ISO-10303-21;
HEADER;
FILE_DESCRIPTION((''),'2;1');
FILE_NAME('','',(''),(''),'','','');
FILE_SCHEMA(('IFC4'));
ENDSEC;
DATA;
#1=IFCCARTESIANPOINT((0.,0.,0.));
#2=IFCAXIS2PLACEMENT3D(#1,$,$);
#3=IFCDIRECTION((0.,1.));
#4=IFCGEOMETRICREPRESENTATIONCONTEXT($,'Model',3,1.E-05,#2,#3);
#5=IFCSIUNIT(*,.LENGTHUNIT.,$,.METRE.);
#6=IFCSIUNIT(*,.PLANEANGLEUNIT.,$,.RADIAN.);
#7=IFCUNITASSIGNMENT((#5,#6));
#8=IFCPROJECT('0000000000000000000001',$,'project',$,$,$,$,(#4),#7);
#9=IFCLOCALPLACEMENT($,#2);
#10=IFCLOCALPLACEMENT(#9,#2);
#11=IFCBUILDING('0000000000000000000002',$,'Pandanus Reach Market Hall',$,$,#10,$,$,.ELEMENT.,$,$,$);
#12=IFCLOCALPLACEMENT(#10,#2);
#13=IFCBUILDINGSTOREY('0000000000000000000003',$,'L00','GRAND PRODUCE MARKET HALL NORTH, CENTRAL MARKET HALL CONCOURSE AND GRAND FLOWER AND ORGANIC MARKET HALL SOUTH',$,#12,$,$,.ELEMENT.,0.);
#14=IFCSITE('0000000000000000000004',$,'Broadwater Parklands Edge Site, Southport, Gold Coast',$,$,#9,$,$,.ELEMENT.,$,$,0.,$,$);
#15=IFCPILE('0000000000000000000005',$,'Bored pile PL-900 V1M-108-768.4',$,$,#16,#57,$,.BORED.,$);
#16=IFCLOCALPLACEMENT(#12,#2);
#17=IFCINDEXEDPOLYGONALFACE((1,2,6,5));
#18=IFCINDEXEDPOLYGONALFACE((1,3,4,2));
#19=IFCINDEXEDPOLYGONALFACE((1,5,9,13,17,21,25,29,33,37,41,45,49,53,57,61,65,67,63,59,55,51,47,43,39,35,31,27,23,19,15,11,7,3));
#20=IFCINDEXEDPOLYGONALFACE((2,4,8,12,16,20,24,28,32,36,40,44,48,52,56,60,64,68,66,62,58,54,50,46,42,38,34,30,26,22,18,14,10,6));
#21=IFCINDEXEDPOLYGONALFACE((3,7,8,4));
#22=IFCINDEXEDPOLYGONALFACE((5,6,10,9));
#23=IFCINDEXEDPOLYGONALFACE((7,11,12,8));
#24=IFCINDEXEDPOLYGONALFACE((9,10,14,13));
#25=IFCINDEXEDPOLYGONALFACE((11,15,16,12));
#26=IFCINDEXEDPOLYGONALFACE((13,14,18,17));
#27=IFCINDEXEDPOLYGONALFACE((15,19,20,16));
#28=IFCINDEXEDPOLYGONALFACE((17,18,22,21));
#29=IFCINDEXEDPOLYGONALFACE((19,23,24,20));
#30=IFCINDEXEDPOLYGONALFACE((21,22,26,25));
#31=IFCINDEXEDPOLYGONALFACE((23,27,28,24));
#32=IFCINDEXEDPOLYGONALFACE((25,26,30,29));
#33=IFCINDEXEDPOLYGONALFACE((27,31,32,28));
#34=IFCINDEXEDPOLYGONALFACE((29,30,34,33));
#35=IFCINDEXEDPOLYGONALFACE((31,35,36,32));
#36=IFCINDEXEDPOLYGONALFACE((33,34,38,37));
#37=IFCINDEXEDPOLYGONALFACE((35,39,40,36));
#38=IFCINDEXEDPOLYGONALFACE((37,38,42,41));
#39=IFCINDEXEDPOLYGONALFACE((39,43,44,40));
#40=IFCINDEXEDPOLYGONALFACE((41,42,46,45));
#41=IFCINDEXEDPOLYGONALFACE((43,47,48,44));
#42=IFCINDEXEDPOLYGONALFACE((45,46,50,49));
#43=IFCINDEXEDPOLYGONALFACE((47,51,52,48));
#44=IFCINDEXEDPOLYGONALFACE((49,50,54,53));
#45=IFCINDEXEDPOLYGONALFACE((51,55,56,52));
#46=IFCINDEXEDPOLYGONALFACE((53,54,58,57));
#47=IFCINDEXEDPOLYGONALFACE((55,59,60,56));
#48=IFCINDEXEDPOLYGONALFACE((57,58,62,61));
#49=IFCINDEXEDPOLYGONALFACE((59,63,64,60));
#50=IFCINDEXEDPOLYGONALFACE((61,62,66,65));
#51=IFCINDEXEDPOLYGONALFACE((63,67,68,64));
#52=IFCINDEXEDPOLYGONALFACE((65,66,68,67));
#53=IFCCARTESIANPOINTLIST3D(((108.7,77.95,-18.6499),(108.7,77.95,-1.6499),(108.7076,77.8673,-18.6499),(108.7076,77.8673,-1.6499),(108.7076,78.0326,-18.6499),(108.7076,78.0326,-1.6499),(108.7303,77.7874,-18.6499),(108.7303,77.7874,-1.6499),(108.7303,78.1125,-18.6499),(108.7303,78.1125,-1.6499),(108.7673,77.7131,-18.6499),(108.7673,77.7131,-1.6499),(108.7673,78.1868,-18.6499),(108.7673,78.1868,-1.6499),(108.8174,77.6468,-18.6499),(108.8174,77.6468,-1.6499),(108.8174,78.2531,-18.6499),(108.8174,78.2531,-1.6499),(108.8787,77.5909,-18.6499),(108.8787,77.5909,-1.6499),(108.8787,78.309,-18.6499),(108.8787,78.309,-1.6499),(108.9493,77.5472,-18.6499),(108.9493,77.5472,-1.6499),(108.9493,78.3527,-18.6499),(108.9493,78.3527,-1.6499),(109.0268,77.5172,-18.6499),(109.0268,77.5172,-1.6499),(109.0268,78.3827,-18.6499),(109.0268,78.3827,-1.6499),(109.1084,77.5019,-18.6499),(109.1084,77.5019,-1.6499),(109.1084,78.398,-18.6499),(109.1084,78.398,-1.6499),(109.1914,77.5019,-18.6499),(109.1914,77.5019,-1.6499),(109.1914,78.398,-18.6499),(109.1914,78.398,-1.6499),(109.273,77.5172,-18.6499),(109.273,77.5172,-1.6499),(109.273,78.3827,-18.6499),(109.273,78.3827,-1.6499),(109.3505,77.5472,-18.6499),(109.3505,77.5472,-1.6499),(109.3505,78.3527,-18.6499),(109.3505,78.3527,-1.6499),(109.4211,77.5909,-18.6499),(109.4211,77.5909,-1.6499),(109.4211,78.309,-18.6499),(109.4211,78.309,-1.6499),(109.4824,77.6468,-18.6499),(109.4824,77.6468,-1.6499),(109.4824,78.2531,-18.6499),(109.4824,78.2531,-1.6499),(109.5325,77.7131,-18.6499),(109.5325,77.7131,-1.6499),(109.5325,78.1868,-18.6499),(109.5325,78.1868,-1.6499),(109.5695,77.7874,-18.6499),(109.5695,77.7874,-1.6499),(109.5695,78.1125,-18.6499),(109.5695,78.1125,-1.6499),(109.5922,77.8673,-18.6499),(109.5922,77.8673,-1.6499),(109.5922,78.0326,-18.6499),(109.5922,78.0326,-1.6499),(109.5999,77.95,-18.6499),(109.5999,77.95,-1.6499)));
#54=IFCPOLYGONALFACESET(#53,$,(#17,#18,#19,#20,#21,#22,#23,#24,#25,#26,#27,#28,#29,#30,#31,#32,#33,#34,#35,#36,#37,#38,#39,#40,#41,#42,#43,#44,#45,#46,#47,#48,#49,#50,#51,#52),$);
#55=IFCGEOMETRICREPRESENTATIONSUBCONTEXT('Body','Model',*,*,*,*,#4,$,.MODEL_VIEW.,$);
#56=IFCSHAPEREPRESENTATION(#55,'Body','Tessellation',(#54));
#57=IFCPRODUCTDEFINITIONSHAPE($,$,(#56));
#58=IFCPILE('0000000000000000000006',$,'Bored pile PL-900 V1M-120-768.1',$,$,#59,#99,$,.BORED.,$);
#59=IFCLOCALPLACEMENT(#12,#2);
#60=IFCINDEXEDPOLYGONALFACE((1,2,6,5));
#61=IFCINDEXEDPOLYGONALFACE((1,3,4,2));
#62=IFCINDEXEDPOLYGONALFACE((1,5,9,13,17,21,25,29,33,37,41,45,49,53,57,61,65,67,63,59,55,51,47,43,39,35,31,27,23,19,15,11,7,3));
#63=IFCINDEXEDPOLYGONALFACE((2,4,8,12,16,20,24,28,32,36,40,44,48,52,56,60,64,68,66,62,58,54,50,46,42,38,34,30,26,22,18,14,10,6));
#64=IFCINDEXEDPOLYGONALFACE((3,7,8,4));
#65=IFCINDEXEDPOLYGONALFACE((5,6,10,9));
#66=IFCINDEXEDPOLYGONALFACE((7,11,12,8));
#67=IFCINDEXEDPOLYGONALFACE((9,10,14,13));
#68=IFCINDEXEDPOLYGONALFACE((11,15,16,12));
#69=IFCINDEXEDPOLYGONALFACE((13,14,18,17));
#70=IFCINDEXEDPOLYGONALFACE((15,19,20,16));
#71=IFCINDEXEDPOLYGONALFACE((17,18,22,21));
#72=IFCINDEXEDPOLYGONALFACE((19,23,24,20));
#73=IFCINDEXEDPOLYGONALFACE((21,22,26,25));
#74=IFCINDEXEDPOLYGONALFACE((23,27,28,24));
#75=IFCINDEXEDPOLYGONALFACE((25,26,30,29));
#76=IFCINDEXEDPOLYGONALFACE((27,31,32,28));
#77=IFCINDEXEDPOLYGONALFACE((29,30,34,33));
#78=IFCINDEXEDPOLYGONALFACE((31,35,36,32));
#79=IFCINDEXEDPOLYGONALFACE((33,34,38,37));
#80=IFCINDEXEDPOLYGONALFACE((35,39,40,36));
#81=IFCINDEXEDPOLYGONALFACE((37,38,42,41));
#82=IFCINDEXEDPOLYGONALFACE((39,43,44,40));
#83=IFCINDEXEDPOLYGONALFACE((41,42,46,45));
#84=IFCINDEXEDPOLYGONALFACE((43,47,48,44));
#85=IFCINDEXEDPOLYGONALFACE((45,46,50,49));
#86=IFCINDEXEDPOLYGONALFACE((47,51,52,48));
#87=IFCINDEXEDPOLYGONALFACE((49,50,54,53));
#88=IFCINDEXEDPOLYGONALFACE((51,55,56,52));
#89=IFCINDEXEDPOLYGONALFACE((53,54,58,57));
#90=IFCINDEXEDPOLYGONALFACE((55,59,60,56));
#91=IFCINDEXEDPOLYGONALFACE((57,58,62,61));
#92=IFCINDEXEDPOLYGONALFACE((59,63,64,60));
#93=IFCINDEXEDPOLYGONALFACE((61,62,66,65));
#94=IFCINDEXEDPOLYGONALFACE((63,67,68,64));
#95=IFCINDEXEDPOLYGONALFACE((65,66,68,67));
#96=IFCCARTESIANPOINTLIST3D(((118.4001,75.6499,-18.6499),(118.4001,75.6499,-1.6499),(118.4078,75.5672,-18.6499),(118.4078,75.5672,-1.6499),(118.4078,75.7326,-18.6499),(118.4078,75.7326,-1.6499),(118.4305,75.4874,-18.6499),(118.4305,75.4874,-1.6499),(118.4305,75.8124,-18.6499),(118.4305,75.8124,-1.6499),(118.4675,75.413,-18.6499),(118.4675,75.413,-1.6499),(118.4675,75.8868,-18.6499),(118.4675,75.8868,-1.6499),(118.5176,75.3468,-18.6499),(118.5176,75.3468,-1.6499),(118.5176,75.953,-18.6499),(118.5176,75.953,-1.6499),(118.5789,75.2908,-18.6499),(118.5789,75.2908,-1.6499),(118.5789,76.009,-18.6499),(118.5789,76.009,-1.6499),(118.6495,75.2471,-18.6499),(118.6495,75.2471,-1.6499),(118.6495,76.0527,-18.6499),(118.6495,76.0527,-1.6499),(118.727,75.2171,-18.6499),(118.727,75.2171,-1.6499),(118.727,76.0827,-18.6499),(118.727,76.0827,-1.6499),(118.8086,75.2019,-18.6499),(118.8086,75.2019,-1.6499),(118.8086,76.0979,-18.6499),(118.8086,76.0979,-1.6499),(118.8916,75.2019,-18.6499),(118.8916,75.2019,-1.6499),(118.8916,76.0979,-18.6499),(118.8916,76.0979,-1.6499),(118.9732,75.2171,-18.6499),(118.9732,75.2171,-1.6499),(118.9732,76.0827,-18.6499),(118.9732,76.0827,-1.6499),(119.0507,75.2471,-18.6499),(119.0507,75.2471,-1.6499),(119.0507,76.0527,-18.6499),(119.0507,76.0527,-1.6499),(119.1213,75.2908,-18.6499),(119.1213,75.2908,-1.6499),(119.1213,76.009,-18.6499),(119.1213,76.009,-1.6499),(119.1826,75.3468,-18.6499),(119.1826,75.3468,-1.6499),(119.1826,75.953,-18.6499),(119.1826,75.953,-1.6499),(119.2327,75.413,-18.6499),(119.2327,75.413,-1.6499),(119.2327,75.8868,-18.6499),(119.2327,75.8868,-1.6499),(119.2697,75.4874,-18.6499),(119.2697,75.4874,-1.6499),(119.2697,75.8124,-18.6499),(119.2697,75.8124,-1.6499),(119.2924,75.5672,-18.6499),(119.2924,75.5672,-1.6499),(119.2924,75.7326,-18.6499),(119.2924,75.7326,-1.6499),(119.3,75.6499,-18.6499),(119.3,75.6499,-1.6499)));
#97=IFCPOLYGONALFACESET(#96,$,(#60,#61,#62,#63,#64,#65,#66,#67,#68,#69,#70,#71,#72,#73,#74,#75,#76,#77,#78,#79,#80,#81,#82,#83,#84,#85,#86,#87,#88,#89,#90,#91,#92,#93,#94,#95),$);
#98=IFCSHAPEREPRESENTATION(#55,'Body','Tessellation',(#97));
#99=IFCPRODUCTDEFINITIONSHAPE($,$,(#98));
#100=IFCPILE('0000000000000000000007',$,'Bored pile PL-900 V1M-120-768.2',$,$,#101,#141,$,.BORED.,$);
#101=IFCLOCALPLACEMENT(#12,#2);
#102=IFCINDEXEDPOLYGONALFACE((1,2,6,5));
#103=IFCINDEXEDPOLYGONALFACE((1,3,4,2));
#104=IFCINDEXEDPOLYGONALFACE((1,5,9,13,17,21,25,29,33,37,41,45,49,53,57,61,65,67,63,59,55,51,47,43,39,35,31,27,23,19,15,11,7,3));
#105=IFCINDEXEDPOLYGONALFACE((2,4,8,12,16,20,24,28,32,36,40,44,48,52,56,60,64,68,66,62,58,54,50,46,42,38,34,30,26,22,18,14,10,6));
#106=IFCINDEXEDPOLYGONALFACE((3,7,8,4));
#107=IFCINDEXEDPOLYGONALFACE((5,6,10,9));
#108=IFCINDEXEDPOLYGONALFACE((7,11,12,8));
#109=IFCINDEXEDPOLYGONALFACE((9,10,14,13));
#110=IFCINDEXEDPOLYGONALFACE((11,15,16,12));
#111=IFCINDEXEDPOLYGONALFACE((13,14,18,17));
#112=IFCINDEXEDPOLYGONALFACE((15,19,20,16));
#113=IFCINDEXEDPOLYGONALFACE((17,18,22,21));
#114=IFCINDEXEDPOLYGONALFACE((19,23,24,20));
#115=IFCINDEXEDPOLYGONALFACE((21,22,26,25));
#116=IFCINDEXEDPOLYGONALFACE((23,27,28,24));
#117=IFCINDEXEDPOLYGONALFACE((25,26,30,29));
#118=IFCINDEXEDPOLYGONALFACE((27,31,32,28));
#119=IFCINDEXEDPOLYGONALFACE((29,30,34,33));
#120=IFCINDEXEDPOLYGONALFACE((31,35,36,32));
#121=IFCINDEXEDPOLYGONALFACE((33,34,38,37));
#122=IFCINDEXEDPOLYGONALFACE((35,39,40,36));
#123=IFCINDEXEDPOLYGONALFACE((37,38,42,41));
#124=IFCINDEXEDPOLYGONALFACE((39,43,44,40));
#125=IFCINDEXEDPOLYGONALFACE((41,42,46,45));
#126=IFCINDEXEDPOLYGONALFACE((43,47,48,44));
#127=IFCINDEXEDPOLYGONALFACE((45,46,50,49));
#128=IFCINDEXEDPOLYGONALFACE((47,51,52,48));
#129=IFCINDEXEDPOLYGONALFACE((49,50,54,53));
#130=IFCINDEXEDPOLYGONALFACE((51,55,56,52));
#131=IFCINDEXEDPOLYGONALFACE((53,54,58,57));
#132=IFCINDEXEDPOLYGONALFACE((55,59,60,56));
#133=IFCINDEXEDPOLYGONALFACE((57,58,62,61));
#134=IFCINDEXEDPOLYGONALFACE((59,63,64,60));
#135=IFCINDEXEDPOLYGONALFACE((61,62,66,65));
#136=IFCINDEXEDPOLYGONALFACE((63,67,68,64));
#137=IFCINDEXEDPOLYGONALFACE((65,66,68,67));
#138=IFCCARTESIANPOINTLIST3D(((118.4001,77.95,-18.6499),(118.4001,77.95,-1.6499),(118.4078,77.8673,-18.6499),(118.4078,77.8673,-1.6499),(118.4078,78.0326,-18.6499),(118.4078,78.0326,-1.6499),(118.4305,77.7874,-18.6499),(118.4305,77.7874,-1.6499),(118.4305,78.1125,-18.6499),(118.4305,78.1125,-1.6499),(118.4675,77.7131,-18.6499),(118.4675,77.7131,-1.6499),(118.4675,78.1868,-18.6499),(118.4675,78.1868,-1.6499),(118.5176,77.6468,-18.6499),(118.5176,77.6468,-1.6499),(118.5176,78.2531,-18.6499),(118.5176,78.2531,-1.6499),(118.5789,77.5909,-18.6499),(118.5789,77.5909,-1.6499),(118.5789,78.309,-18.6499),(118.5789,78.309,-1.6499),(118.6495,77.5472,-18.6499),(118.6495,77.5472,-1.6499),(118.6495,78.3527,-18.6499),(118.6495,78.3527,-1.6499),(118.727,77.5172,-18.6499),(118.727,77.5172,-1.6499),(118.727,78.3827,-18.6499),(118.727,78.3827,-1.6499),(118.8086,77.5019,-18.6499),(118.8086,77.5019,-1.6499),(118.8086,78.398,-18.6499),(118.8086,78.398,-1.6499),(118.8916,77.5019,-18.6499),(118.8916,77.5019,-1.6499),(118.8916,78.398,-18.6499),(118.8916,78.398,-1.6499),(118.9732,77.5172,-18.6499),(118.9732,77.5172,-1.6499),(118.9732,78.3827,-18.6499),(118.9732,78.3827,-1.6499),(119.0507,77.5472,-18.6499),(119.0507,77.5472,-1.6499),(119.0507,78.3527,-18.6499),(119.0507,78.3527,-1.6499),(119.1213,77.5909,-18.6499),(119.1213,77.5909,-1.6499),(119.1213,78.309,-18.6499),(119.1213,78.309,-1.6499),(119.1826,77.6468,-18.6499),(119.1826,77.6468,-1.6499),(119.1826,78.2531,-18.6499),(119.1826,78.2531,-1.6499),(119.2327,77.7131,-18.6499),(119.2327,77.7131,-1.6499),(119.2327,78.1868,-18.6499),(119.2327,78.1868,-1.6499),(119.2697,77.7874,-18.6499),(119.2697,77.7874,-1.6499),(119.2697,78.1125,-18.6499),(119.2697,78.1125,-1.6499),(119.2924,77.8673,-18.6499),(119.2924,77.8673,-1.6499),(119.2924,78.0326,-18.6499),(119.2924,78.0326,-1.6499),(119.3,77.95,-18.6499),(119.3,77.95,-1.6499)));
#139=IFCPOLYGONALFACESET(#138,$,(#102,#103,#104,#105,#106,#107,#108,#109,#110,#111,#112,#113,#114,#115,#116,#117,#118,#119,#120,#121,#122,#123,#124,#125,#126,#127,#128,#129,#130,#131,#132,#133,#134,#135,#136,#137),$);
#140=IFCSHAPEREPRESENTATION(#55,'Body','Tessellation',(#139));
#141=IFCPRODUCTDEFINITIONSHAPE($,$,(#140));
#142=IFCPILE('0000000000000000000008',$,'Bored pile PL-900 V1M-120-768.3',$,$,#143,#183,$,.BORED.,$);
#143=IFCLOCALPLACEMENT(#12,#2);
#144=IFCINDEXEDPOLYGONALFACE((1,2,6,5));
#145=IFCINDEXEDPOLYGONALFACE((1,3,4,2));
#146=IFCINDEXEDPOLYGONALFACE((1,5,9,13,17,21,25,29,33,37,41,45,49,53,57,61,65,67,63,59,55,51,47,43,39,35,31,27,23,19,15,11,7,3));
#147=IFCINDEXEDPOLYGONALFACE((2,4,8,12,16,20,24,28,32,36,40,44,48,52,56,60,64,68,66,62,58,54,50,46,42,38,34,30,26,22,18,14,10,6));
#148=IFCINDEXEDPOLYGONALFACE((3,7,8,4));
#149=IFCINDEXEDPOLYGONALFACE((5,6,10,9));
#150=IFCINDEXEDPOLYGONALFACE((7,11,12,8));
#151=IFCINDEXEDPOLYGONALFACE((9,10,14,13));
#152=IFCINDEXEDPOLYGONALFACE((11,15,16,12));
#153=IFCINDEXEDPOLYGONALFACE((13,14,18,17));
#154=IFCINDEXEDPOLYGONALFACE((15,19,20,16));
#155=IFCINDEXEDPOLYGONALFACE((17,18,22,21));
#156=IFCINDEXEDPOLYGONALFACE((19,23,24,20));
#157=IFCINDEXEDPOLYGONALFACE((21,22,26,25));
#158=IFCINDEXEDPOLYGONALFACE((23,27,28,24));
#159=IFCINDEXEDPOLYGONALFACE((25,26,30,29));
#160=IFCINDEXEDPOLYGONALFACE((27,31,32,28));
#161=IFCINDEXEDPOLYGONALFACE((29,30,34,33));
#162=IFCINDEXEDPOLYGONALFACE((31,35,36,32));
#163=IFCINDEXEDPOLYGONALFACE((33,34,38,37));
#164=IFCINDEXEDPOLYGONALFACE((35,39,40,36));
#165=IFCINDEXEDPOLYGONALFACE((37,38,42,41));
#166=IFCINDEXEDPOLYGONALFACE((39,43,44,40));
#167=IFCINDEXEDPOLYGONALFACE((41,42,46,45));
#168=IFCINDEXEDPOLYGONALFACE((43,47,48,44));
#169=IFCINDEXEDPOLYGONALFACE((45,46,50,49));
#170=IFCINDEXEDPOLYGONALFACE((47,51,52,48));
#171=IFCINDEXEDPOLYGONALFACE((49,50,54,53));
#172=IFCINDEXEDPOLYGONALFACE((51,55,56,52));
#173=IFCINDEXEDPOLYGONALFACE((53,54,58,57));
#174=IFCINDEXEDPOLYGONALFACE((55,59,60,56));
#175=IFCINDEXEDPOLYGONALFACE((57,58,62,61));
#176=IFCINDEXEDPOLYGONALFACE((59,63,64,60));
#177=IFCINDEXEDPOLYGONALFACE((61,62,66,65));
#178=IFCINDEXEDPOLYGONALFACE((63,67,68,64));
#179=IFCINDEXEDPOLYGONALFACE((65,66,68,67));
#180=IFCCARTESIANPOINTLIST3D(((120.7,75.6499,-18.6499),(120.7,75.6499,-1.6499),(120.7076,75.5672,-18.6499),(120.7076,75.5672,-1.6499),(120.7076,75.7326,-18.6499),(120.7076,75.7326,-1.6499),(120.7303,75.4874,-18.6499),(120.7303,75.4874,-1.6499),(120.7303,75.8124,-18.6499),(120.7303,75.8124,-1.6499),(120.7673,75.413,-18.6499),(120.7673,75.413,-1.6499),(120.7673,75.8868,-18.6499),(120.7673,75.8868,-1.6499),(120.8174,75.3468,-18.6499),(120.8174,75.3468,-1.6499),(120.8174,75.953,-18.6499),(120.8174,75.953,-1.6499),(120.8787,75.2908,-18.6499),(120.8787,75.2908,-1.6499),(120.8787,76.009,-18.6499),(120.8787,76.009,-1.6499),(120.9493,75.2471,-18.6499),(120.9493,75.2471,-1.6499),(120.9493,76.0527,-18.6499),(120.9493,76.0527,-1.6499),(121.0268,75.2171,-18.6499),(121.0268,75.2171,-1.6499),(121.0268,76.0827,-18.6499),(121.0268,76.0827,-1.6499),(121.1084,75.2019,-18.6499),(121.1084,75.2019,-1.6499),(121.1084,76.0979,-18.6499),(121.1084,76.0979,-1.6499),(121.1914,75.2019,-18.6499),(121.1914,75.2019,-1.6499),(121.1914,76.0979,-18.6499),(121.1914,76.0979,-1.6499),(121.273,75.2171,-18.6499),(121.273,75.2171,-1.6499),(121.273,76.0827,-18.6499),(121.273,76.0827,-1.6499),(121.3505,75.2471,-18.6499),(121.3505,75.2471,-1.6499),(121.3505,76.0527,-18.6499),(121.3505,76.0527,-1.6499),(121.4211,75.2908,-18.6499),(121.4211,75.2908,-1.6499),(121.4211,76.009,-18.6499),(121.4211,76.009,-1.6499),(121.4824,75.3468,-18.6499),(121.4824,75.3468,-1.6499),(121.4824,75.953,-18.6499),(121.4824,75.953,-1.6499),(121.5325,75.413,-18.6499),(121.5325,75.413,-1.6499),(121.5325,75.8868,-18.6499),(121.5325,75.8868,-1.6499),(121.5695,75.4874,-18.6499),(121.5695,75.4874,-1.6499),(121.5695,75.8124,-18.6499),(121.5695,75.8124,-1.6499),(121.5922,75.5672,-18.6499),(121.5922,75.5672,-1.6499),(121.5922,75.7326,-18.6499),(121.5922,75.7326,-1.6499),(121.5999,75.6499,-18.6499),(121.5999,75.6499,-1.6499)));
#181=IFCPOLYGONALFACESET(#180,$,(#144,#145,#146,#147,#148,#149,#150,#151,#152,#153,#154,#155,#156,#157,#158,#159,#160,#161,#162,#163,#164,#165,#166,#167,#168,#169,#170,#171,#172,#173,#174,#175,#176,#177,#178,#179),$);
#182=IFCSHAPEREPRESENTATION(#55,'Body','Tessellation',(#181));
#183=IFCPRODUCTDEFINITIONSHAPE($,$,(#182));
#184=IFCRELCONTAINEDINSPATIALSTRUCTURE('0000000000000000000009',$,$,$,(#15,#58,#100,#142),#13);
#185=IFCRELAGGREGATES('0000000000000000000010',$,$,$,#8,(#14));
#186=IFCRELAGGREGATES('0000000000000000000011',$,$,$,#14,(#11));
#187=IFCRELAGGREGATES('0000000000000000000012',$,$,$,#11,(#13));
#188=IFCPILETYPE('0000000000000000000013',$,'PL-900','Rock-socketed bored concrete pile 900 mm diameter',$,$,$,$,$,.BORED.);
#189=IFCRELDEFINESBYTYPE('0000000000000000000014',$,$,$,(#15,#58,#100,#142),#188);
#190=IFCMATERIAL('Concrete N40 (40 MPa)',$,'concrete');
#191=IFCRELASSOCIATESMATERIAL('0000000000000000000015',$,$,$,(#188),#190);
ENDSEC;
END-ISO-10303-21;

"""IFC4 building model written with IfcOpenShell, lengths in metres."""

from ifc_helpers import new_model, si_unit, direction, frame, origin, origin_2d, place, context, subcontext, project, spatial, circle, extrude, material, material_profile, profile_set, type_object, element, save


model = new_model("IFC4")

# Units and contexts
model_context = context("Model", 3, precision=1e-05, world=origin(), true_north=direction((0.0, 1.0)))
body_context = subcontext(model_context, "Body", "Model", "MODEL_VIEW")
ifc_project = project(units=[si_unit("LENGTHUNIT", "METRE"), si_unit("PLANEANGLEUNIT", "RADIAN")], contexts=[model_context])

# Site, building, storey
site_placement = place(None, origin())
site = spatial("IfcSite", under=ifc_project, at=site_placement, Name="Broadwater Parklands Edge Site, Southport, Gold Coast", CompositionType="ELEMENT", RefElevation=0.0)
building_placement = place(site_placement, origin())
building = spatial("IfcBuilding", under=site, at=building_placement, Name="Pandanus Reach Market Hall", CompositionType="ELEMENT")
storey_placement = place(building_placement, origin())
storey = spatial("IfcBuildingStorey", under=building, at=storey_placement, Name="L00", Description="GRAND PRODUCE MARKET HALL NORTH, CENTRAL MARKET HALL CONCOURSE AND GRAND FLOWER AND ORGANIC MARKET HALL SOUTH", CompositionType="ELEMENT", Elevation=0.0)

# Shared definitions
ifc_material_1 = material(Name="Concrete N40 (40 MPa)", Category="concrete")

# Piles
ifc_material_profile_1 = material_profile(ifc_material_1, circle(Radius=0.45, at=origin_2d()), Name="PILE-900D", Category="LoadBearing")
ifc_profile_set_1 = profile_set([ifc_material_profile_1], Name="Concrete N40 (40 MPa)")
pile_type_1 = type_object("IfcPileType", Name="PL-900", Description="Rock-socketed bored concrete pile 900 mm diameter", PredefinedType="BORED", material=ifc_profile_set_1)
for number, where, z_axis, x_axis, name in (
    (1, (109.1499, 77.95, -1.6499), (0.0, 0.0, -1.0), (1.0, 0.0, 0.0), "Bored pile PL-900 V1M-108-768.4"),
    (2, (118.8501, 75.6499, -1.6499), (0.0, 0.0, -1.0), (1.0, 0.0, 0.0), "Bored pile PL-900 V1M-120-768.1"),
    (3, (118.8501, 77.95, -1.6499), (0.0, 0.0, -1.0), (1.0, 0.0, 0.0), "Bored pile PL-900 V1M-120-768.2"),
    (4, (121.1499, 75.6499, -1.6499), (0.0, 0.0, -1.0), (1.0, 0.0, 0.0), "Bored pile PL-900 V1M-120-768.3"),
):
    element("IfcPile", number, at=place(storey_placement, frame(where, z_axis=z_axis, x_axis=x_axis)), inside=storey, type_object=pile_type_1, Name=name, PredefinedType="BORED", context=body_context, shape_type="SweptSolid", body=[
        extrude(circle(Radius=0.45, at=origin_2d()), origin(), (0.0, 0.0, 1.0), 17.0),
    ])

save(model, "model.ifc")
